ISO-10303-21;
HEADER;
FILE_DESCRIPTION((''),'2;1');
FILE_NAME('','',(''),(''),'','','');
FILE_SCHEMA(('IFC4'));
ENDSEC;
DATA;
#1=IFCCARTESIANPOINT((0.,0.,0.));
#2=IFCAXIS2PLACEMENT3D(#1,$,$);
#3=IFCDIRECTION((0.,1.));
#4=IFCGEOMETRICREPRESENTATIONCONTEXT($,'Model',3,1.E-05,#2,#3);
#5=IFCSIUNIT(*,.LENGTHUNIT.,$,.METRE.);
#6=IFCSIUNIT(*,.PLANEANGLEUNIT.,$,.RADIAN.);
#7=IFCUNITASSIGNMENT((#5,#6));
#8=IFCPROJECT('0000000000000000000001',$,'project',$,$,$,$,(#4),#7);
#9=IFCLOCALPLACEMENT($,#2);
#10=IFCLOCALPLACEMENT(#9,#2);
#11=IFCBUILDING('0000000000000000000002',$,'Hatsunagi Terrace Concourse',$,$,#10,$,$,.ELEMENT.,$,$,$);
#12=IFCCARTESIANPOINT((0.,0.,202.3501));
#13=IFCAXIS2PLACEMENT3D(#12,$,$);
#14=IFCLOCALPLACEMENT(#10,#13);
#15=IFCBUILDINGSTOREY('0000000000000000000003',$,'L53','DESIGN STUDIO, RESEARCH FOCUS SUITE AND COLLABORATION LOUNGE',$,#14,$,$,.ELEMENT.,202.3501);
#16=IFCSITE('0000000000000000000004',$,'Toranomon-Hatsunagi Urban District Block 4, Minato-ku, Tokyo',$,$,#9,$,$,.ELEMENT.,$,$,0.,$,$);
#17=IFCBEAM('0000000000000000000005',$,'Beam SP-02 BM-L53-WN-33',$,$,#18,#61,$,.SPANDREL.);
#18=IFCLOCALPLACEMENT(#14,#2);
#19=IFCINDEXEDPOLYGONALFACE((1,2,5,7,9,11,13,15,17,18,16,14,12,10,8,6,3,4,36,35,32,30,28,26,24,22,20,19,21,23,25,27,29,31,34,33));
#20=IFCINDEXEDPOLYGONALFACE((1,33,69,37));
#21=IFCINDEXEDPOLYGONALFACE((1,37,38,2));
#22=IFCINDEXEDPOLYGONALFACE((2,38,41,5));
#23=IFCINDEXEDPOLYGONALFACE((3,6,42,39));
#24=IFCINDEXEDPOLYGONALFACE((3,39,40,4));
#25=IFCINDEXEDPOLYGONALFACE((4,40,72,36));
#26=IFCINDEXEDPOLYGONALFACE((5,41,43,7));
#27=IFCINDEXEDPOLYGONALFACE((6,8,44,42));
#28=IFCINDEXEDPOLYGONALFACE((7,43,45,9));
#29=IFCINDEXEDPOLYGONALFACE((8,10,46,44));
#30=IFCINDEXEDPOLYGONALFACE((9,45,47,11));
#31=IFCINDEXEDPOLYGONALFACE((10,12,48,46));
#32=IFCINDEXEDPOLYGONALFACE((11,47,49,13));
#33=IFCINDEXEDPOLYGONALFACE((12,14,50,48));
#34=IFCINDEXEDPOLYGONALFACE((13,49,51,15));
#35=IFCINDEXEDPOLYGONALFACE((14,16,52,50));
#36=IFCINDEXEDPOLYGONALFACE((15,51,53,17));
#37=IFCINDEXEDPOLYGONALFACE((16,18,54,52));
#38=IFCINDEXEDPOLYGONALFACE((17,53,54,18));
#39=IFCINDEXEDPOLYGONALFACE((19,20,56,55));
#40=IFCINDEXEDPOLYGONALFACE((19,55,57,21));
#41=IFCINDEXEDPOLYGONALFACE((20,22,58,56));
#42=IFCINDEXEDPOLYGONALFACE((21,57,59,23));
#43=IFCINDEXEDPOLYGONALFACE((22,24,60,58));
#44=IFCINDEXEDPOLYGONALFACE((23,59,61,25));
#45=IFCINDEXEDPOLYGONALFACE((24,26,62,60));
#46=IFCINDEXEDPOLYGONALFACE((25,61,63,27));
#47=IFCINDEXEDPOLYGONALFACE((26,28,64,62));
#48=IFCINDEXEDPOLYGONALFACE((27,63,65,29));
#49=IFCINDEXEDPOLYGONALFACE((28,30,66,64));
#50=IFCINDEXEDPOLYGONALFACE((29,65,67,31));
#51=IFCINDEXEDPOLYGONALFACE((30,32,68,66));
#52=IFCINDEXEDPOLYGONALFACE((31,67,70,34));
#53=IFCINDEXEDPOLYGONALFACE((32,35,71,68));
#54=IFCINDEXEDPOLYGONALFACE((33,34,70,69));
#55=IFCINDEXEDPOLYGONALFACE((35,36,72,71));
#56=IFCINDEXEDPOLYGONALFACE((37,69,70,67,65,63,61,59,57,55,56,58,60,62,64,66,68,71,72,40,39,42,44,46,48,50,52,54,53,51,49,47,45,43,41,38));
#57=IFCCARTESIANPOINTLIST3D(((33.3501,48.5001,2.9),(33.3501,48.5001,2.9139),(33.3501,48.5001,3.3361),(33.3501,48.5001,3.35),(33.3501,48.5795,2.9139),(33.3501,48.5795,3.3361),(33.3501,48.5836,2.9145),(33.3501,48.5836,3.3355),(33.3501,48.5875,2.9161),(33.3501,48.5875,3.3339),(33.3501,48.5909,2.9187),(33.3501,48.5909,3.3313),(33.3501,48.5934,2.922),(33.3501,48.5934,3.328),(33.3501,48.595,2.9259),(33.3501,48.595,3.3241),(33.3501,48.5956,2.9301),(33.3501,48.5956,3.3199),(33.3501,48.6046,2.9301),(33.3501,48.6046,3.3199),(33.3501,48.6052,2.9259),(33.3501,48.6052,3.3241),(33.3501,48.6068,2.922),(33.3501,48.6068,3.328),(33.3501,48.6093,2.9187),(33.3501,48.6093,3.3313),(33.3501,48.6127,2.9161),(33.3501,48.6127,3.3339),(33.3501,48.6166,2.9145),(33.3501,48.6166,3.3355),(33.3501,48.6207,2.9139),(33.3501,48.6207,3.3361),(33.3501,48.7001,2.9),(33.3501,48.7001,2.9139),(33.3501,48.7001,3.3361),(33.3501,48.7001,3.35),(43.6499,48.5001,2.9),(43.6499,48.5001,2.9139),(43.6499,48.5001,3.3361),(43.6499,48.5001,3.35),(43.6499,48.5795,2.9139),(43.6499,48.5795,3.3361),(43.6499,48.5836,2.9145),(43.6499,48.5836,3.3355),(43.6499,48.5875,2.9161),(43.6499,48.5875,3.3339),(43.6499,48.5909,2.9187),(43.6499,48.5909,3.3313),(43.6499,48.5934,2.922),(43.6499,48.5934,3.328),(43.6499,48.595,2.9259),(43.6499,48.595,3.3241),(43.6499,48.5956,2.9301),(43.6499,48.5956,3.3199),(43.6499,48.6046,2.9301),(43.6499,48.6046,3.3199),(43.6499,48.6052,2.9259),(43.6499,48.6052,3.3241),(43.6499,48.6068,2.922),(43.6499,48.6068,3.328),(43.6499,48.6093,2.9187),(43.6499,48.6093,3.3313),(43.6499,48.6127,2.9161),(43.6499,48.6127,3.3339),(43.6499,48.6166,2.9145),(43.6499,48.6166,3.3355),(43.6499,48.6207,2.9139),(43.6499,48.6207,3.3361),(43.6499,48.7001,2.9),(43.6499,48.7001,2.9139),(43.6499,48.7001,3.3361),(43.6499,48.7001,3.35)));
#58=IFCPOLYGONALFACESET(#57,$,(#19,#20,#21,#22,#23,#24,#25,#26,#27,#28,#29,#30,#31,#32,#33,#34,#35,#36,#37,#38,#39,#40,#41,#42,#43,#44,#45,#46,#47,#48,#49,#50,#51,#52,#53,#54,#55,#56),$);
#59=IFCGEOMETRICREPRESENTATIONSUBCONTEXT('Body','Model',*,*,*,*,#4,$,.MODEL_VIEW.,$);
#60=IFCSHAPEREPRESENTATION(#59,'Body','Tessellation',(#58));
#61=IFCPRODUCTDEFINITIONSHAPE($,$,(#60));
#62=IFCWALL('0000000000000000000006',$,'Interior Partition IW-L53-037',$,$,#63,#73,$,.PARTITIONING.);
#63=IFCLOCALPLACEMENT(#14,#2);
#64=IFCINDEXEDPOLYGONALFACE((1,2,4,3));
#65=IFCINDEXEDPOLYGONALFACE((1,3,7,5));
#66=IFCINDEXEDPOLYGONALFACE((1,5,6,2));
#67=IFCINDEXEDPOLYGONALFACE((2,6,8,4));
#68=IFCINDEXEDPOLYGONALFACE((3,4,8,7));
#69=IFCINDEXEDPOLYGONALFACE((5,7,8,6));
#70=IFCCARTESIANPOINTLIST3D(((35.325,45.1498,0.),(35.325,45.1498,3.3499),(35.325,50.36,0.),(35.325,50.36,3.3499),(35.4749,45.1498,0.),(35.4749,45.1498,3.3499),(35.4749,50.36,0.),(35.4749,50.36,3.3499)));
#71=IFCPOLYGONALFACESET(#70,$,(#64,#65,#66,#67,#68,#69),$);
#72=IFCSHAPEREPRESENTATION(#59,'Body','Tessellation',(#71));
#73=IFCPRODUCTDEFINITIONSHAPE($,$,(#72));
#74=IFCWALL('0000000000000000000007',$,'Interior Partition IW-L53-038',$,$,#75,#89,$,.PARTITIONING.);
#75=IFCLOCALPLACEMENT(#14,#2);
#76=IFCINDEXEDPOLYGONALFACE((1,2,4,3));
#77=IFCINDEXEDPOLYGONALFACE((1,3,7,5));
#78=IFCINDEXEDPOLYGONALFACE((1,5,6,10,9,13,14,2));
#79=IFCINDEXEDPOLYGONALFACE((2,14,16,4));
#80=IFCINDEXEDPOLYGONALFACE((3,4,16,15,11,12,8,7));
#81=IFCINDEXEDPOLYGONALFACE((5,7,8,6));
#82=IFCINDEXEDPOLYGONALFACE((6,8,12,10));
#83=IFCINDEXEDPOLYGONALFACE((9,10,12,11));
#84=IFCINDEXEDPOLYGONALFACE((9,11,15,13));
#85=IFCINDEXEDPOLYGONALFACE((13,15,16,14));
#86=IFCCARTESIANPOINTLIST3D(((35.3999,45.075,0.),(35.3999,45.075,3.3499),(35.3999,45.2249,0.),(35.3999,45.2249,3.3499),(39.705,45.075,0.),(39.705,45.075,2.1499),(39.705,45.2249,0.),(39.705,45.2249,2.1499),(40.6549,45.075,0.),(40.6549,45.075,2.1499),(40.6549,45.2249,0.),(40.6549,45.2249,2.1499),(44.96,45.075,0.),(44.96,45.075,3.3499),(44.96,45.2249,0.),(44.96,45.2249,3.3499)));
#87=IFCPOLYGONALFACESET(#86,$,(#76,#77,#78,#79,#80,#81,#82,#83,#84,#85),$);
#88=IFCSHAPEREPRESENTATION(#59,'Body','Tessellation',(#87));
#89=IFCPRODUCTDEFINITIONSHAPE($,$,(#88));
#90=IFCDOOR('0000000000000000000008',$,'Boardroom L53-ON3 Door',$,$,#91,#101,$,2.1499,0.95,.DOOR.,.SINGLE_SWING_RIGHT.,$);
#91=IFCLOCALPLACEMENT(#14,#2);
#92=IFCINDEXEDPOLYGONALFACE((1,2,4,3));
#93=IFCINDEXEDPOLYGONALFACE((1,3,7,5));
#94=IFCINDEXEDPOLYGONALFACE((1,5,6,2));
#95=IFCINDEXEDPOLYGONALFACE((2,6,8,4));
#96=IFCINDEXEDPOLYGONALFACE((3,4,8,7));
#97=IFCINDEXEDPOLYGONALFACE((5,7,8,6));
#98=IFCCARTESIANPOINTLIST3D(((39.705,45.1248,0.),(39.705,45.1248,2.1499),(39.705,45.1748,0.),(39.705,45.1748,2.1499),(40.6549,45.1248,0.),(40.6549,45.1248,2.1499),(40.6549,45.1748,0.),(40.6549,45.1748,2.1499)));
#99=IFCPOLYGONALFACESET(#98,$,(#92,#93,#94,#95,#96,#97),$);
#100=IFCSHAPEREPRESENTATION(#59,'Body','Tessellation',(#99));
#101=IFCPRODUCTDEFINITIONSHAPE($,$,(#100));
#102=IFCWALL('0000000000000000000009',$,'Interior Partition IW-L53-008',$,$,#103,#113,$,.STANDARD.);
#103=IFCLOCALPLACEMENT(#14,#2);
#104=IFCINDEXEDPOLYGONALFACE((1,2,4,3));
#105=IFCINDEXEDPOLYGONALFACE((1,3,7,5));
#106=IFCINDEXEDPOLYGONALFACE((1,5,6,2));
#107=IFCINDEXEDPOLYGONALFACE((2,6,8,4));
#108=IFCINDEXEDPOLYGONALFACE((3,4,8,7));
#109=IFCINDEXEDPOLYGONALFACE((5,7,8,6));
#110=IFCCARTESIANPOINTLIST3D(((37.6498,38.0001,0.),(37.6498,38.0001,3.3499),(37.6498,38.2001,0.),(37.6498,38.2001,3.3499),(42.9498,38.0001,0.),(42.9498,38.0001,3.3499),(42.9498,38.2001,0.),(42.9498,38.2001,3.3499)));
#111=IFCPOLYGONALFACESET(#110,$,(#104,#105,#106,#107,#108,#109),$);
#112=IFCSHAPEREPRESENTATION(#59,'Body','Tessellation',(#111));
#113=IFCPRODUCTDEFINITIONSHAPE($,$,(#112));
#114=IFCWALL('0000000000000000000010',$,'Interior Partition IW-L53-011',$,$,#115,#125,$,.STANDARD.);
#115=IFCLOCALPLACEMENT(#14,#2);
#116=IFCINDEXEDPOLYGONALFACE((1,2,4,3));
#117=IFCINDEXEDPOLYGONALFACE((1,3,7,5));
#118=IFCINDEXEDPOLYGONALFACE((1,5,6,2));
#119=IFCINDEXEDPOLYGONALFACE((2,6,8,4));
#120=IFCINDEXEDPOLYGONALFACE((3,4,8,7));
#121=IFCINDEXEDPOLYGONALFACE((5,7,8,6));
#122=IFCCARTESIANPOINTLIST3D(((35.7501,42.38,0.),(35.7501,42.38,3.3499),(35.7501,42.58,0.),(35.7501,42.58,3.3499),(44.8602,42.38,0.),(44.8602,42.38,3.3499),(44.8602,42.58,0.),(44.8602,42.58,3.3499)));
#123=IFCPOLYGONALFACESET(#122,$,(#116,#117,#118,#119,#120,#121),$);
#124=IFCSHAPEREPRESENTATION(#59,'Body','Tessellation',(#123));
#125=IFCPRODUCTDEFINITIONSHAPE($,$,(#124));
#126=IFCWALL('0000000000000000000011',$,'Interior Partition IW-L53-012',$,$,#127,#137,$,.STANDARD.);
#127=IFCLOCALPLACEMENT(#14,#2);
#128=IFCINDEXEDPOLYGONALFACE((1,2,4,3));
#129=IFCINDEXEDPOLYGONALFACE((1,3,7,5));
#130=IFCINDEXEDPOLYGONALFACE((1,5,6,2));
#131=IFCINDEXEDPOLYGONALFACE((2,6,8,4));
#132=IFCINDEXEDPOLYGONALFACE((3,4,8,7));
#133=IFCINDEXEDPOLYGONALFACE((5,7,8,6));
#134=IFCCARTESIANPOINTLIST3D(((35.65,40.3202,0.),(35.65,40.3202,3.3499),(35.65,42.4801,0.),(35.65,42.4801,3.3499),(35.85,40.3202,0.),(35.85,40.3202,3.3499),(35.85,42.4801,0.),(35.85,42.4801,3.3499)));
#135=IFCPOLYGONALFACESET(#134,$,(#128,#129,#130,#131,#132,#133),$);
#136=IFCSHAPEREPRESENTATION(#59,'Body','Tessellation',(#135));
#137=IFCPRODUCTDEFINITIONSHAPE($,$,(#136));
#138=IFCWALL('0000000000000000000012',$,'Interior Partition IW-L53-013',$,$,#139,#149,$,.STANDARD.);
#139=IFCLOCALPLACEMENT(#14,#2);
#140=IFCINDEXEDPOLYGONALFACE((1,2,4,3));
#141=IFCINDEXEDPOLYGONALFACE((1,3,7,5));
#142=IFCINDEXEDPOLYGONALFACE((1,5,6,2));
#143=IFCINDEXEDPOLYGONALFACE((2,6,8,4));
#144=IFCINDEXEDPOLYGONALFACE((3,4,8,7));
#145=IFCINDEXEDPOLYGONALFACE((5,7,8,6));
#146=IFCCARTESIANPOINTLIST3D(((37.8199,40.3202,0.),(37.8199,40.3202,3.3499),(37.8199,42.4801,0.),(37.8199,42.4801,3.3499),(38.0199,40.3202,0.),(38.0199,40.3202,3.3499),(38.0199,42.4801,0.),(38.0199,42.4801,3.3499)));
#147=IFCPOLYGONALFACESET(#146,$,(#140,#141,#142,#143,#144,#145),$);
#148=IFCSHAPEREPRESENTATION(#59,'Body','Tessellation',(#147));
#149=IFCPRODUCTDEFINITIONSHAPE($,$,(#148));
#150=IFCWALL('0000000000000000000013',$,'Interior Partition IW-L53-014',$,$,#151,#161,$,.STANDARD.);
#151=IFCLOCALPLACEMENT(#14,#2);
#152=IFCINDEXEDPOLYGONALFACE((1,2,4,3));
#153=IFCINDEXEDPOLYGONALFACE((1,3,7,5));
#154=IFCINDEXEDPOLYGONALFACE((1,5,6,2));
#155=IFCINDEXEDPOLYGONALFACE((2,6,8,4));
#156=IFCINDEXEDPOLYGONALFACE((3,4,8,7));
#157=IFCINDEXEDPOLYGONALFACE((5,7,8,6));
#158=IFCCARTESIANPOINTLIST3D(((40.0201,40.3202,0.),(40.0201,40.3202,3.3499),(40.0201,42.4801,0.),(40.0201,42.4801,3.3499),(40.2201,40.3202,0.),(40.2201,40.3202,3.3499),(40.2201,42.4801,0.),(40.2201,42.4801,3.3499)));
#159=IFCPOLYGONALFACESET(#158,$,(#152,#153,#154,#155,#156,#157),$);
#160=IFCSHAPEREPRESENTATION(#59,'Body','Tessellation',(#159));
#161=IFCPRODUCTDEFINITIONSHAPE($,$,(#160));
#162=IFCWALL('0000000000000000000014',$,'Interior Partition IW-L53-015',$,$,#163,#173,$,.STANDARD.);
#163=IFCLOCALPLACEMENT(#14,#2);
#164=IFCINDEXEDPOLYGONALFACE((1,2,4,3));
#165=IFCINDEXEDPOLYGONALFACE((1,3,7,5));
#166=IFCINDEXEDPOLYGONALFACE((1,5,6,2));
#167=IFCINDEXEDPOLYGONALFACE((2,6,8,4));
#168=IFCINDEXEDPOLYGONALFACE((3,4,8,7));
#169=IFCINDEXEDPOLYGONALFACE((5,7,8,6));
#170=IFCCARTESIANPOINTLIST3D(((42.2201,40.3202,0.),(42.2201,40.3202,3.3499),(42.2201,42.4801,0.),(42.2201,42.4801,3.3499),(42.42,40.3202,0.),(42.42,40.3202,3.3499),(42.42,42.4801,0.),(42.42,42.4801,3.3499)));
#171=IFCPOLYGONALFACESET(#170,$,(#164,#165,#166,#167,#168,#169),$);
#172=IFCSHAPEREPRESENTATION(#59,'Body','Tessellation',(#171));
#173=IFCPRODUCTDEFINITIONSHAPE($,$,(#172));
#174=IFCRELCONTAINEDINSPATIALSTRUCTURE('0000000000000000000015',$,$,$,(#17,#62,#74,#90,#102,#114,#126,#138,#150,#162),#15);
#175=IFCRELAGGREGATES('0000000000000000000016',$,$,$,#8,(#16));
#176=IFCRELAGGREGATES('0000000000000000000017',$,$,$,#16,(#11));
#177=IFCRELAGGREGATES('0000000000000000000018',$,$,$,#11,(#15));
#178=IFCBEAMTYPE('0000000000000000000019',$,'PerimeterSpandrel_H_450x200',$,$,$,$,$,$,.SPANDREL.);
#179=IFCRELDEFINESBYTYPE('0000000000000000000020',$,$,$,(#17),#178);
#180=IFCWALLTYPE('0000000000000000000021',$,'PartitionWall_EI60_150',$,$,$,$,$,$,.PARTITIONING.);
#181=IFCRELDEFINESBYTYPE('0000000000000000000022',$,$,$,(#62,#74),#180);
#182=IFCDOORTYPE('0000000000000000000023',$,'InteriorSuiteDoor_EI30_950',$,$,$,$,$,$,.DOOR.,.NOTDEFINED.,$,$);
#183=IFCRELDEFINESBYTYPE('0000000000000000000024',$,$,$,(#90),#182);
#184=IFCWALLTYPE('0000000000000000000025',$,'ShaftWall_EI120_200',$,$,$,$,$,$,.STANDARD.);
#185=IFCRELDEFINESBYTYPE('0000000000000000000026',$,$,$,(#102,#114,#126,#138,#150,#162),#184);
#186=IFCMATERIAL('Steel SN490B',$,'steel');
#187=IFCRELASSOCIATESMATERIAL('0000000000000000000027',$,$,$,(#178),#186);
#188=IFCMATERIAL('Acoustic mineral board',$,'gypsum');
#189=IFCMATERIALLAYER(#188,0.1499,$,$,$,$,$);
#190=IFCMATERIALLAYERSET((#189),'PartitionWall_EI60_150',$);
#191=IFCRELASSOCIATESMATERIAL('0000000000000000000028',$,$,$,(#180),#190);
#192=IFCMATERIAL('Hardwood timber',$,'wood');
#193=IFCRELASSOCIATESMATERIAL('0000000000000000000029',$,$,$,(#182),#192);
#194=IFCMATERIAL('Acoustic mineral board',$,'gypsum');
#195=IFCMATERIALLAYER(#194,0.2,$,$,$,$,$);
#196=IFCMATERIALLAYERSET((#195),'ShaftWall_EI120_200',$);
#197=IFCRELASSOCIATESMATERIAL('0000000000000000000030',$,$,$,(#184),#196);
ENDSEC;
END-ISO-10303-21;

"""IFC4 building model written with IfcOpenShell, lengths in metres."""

from ifc_helpers import new_model, si_unit, direction, frame, frame_2d, origin, origin_2d, place, context, subcontext, project, spatial, rectangle, i_section, extrude, material, layer, layer_set, material_profile, profile_set, type_object, element, fill, save


model = new_model("IFC4")

# Units and contexts
model_context = context("Model", 3, precision=1e-05, world=origin(), true_north=direction((0.0, 1.0)))
body_context = subcontext(model_context, "Body", "Model", "MODEL_VIEW")
ifc_project = project(units=[si_unit("LENGTHUNIT", "METRE"), si_unit("PLANEANGLEUNIT", "RADIAN")], contexts=[model_context])

# Site, building, storey
site_placement = place(None, origin())
site = spatial("IfcSite", under=ifc_project, at=site_placement, Name="Toranomon-Hatsunagi Urban District Block 4, Minato-ku, Tokyo", CompositionType="ELEMENT", RefElevation=0.0)
building_placement = place(site_placement, origin())
building = spatial("IfcBuilding", under=site, at=building_placement, Name="Hatsunagi Terrace Concourse", CompositionType="ELEMENT")
storey_placement = place(building_placement, frame((0.0, 0.0, 202.3501)))
storey = spatial("IfcBuildingStorey", under=building, at=storey_placement, Name="L53", Description="DESIGN STUDIO, RESEARCH FOCUS SUITE AND COLLABORATION LOUNGE", CompositionType="ELEMENT", Elevation=202.3501)

# Beam
ifc_material_1 = material(Name="Steel SN490B", Category="steel")
ifc_material_profile_1 = material_profile(ifc_material_1, i_section(OverallWidth=0.2, OverallDepth=0.45, WebThickness=0.009, FlangeThickness=0.0139, FilletRadius=0.0161, at=origin_2d()), Name="H-450x200x9x14")
ifc_profile_set_1 = profile_set([ifc_material_profile_1], Name="Steel SN490B")
beam_type_1 = type_object("IfcBeamType", Name="PerimeterSpandrel_H_450x200", PredefinedType="SPANDREL", material=ifc_profile_set_1)
beam_1_placement = place(storey_placement, frame((33.3501, 48.6001, 3.125), z_axis=(1.0, 0.0, 0.0), x_axis=(0.0, 1.0, 0.0)))
element("IfcBeam", 1, at=beam_1_placement, inside=storey, type_object=beam_type_1, Name="Beam SP-02 BM-L53-WN-33", PredefinedType="SPANDREL", context=body_context, shape_type="SweptSolid", body=[
    extrude(i_section(OverallWidth=0.2, OverallDepth=0.45, WebThickness=0.009, FlangeThickness=0.0139, FilletRadius=0.0161, at=origin_2d()), origin(), (0.0, 0.0, 1.0), 10.2998),
])

# Wall
ifc_material_2 = material(Name="Acoustic mineral board", Category="gypsum")
ifc_layer_1 = layer(ifc_material_2, 0.1499)
ifc_layer_set_1 = layer_set([ifc_layer_1], Name="PartitionWall_EI60_150")
wall_type_1 = type_object("IfcWallType", Name="PartitionWall_EI60_150", PredefinedType="PARTITIONING", material=ifc_layer_set_1)
wall_1_placement = place(storey_placement, frame((35.3999, 45.1499, 0.0), z_axis=(0.0, 0.0, 1.0), x_axis=(0.0, 1.0, 0.0)))
element("IfcWall", 2, at=wall_1_placement, inside=storey, type_object=wall_type_1, Name="Interior Partition IW-L53-037", PredefinedType="PARTITIONING", context=body_context, shape_type="SweptSolid", body=[
    extrude(rectangle(XDim=5.2102, YDim=0.1499, at=frame_2d((2.605, 0.0))), origin(), (0.0, 0.0, 1.0), 3.3499),
])

# Wall, opening, door
wall_2_placement = place(storey_placement, frame((35.3999, 45.1499, 0.0), z_axis=(0.0, 0.0, 1.0), x_axis=(1.0, 0.0, 0.0)))
wall_2 = element("IfcWall", 3, at=wall_2_placement, inside=storey, type_object=wall_type_1, Name="Interior Partition IW-L53-038", PredefinedType="PARTITIONING", context=body_context, shape_type="SweptSolid", body=[
    extrude(rectangle(XDim=9.5601, YDim=0.1499, at=frame_2d((4.78, 0.0))), origin(), (0.0, 0.0, 1.0), 3.3499),
])
opening_1_placement = place(wall_2_placement, frame((4.3049, 0.0, 0.0)))
opening_1 = element("IfcOpeningElement", 4, at=opening_1_placement, cuts=wall_2, PredefinedType="OPENING", context=body_context, shape_type="SweptSolid", body=[
    extrude(rectangle(XDim=0.95, YDim=2.1499, at=frame_2d((0.4751, 1.075))), frame((0.0, 0.085, 0.0), z_axis=(0.0, -1.0, 0.0), x_axis=(1.0, 0.0, 0.0)), (0.0, 0.0, 1.0), 0.1699),
])
ifc_material_3 = material(Name="Hardwood timber", Category="wood")
door_type_1 = type_object("IfcDoorType", Name="InteriorSuiteDoor_EI30_950", OperationType="NOTDEFINED", PredefinedType="DOOR", material=ifc_material_3)
door_1_placement = place(opening_1_placement, origin())
door_1 = element("IfcDoor", 5, at=door_1_placement, inside=storey, type_object=door_type_1, Name="Boardroom L53-ON3 Door", OperationType="SINGLE_SWING_RIGHT", OverallHeight=2.1499, OverallWidth=0.95, PredefinedType="DOOR", context=body_context, shape_type="SweptSolid", body=[
    extrude(rectangle(XDim=0.95, YDim=2.1499, at=frame_2d((0.4751, 1.075))), frame((0.0, 0.0249, 0.0), z_axis=(0.0, -1.0, 0.0), x_axis=(1.0, 0.0, 0.0)), (0.0, 0.0, 1.0), 0.05),
])
fill(opening_1, door_1)

# Walls
ifc_material_4 = material(Name="Acoustic mineral board", Category="gypsum")
ifc_layer_2 = layer(ifc_material_4, 0.2)
ifc_layer_set_2 = layer_set([ifc_layer_2], Name="ShaftWall_EI120_200")
wall_type_2 = type_object("IfcWallType", Name="ShaftWall_EI120_200", PredefinedType="STANDARD", material=ifc_layer_set_2)
wall_3_placement = place(storey_placement, frame((37.6499, 38.1001, 0.0), z_axis=(0.0, 0.0, 1.0), x_axis=(1.0, 0.0, 0.0)))
element("IfcWall", 6, at=wall_3_placement, inside=storey, type_object=wall_type_2, Name="Interior Partition IW-L53-008", PredefinedType="STANDARD", context=body_context, shape_type="SweptSolid", body=[
    extrude(rectangle(XDim=5.3, YDim=0.2, at=frame_2d((2.6499, 0.0))), origin(), (0.0, 0.0, 1.0), 3.3499),
])
wall_4_placement = place(storey_placement, frame((35.75, 42.48, 0.0), z_axis=(0.0, 0.0, 1.0), x_axis=(1.0, 0.0, 0.0)))
element("IfcWall", 7, at=wall_4_placement, inside=storey, type_object=wall_type_2, Name="Interior Partition IW-L53-011", PredefinedType="STANDARD", context=body_context, shape_type="SweptSolid", body=[
    extrude(rectangle(XDim=9.1101, YDim=0.2, at=frame_2d((4.5552, 0.0))), origin(), (0.0, 0.0, 1.0), 3.3499),
])
for number, where, z_axis, x_axis, name in (
    (8, (35.75, 40.3201, 0.0), (0.0, 0.0, 1.0), (0.0, 1.0, 0.0), "Interior Partition IW-L53-012"),
    (9, (37.9199, 40.3201, 0.0), (0.0, 0.0, 1.0), (0.0, 1.0, 0.0), "Interior Partition IW-L53-013"),
    (10, (40.1201, 40.3201, 0.0), (0.0, 0.0, 1.0), (0.0, 1.0, 0.0), "Interior Partition IW-L53-014"),
    (11, (42.3201, 40.3201, 0.0), (0.0, 0.0, 1.0), (0.0, 1.0, 0.0), "Interior Partition IW-L53-015"),
):
    element("IfcWall", number, at=place(storey_placement, frame(where, z_axis=z_axis, x_axis=x_axis)), inside=storey, type_object=wall_type_2, Name=name, PredefinedType="STANDARD", context=body_context, shape_type="SweptSolid", body=[
        extrude(rectangle(XDim=2.1599, YDim=0.2, at=frame_2d((1.0801, 0.0))), origin(), (0.0, 0.0, 1.0), 3.3499),
    ])

save(model, "model.ifc")
